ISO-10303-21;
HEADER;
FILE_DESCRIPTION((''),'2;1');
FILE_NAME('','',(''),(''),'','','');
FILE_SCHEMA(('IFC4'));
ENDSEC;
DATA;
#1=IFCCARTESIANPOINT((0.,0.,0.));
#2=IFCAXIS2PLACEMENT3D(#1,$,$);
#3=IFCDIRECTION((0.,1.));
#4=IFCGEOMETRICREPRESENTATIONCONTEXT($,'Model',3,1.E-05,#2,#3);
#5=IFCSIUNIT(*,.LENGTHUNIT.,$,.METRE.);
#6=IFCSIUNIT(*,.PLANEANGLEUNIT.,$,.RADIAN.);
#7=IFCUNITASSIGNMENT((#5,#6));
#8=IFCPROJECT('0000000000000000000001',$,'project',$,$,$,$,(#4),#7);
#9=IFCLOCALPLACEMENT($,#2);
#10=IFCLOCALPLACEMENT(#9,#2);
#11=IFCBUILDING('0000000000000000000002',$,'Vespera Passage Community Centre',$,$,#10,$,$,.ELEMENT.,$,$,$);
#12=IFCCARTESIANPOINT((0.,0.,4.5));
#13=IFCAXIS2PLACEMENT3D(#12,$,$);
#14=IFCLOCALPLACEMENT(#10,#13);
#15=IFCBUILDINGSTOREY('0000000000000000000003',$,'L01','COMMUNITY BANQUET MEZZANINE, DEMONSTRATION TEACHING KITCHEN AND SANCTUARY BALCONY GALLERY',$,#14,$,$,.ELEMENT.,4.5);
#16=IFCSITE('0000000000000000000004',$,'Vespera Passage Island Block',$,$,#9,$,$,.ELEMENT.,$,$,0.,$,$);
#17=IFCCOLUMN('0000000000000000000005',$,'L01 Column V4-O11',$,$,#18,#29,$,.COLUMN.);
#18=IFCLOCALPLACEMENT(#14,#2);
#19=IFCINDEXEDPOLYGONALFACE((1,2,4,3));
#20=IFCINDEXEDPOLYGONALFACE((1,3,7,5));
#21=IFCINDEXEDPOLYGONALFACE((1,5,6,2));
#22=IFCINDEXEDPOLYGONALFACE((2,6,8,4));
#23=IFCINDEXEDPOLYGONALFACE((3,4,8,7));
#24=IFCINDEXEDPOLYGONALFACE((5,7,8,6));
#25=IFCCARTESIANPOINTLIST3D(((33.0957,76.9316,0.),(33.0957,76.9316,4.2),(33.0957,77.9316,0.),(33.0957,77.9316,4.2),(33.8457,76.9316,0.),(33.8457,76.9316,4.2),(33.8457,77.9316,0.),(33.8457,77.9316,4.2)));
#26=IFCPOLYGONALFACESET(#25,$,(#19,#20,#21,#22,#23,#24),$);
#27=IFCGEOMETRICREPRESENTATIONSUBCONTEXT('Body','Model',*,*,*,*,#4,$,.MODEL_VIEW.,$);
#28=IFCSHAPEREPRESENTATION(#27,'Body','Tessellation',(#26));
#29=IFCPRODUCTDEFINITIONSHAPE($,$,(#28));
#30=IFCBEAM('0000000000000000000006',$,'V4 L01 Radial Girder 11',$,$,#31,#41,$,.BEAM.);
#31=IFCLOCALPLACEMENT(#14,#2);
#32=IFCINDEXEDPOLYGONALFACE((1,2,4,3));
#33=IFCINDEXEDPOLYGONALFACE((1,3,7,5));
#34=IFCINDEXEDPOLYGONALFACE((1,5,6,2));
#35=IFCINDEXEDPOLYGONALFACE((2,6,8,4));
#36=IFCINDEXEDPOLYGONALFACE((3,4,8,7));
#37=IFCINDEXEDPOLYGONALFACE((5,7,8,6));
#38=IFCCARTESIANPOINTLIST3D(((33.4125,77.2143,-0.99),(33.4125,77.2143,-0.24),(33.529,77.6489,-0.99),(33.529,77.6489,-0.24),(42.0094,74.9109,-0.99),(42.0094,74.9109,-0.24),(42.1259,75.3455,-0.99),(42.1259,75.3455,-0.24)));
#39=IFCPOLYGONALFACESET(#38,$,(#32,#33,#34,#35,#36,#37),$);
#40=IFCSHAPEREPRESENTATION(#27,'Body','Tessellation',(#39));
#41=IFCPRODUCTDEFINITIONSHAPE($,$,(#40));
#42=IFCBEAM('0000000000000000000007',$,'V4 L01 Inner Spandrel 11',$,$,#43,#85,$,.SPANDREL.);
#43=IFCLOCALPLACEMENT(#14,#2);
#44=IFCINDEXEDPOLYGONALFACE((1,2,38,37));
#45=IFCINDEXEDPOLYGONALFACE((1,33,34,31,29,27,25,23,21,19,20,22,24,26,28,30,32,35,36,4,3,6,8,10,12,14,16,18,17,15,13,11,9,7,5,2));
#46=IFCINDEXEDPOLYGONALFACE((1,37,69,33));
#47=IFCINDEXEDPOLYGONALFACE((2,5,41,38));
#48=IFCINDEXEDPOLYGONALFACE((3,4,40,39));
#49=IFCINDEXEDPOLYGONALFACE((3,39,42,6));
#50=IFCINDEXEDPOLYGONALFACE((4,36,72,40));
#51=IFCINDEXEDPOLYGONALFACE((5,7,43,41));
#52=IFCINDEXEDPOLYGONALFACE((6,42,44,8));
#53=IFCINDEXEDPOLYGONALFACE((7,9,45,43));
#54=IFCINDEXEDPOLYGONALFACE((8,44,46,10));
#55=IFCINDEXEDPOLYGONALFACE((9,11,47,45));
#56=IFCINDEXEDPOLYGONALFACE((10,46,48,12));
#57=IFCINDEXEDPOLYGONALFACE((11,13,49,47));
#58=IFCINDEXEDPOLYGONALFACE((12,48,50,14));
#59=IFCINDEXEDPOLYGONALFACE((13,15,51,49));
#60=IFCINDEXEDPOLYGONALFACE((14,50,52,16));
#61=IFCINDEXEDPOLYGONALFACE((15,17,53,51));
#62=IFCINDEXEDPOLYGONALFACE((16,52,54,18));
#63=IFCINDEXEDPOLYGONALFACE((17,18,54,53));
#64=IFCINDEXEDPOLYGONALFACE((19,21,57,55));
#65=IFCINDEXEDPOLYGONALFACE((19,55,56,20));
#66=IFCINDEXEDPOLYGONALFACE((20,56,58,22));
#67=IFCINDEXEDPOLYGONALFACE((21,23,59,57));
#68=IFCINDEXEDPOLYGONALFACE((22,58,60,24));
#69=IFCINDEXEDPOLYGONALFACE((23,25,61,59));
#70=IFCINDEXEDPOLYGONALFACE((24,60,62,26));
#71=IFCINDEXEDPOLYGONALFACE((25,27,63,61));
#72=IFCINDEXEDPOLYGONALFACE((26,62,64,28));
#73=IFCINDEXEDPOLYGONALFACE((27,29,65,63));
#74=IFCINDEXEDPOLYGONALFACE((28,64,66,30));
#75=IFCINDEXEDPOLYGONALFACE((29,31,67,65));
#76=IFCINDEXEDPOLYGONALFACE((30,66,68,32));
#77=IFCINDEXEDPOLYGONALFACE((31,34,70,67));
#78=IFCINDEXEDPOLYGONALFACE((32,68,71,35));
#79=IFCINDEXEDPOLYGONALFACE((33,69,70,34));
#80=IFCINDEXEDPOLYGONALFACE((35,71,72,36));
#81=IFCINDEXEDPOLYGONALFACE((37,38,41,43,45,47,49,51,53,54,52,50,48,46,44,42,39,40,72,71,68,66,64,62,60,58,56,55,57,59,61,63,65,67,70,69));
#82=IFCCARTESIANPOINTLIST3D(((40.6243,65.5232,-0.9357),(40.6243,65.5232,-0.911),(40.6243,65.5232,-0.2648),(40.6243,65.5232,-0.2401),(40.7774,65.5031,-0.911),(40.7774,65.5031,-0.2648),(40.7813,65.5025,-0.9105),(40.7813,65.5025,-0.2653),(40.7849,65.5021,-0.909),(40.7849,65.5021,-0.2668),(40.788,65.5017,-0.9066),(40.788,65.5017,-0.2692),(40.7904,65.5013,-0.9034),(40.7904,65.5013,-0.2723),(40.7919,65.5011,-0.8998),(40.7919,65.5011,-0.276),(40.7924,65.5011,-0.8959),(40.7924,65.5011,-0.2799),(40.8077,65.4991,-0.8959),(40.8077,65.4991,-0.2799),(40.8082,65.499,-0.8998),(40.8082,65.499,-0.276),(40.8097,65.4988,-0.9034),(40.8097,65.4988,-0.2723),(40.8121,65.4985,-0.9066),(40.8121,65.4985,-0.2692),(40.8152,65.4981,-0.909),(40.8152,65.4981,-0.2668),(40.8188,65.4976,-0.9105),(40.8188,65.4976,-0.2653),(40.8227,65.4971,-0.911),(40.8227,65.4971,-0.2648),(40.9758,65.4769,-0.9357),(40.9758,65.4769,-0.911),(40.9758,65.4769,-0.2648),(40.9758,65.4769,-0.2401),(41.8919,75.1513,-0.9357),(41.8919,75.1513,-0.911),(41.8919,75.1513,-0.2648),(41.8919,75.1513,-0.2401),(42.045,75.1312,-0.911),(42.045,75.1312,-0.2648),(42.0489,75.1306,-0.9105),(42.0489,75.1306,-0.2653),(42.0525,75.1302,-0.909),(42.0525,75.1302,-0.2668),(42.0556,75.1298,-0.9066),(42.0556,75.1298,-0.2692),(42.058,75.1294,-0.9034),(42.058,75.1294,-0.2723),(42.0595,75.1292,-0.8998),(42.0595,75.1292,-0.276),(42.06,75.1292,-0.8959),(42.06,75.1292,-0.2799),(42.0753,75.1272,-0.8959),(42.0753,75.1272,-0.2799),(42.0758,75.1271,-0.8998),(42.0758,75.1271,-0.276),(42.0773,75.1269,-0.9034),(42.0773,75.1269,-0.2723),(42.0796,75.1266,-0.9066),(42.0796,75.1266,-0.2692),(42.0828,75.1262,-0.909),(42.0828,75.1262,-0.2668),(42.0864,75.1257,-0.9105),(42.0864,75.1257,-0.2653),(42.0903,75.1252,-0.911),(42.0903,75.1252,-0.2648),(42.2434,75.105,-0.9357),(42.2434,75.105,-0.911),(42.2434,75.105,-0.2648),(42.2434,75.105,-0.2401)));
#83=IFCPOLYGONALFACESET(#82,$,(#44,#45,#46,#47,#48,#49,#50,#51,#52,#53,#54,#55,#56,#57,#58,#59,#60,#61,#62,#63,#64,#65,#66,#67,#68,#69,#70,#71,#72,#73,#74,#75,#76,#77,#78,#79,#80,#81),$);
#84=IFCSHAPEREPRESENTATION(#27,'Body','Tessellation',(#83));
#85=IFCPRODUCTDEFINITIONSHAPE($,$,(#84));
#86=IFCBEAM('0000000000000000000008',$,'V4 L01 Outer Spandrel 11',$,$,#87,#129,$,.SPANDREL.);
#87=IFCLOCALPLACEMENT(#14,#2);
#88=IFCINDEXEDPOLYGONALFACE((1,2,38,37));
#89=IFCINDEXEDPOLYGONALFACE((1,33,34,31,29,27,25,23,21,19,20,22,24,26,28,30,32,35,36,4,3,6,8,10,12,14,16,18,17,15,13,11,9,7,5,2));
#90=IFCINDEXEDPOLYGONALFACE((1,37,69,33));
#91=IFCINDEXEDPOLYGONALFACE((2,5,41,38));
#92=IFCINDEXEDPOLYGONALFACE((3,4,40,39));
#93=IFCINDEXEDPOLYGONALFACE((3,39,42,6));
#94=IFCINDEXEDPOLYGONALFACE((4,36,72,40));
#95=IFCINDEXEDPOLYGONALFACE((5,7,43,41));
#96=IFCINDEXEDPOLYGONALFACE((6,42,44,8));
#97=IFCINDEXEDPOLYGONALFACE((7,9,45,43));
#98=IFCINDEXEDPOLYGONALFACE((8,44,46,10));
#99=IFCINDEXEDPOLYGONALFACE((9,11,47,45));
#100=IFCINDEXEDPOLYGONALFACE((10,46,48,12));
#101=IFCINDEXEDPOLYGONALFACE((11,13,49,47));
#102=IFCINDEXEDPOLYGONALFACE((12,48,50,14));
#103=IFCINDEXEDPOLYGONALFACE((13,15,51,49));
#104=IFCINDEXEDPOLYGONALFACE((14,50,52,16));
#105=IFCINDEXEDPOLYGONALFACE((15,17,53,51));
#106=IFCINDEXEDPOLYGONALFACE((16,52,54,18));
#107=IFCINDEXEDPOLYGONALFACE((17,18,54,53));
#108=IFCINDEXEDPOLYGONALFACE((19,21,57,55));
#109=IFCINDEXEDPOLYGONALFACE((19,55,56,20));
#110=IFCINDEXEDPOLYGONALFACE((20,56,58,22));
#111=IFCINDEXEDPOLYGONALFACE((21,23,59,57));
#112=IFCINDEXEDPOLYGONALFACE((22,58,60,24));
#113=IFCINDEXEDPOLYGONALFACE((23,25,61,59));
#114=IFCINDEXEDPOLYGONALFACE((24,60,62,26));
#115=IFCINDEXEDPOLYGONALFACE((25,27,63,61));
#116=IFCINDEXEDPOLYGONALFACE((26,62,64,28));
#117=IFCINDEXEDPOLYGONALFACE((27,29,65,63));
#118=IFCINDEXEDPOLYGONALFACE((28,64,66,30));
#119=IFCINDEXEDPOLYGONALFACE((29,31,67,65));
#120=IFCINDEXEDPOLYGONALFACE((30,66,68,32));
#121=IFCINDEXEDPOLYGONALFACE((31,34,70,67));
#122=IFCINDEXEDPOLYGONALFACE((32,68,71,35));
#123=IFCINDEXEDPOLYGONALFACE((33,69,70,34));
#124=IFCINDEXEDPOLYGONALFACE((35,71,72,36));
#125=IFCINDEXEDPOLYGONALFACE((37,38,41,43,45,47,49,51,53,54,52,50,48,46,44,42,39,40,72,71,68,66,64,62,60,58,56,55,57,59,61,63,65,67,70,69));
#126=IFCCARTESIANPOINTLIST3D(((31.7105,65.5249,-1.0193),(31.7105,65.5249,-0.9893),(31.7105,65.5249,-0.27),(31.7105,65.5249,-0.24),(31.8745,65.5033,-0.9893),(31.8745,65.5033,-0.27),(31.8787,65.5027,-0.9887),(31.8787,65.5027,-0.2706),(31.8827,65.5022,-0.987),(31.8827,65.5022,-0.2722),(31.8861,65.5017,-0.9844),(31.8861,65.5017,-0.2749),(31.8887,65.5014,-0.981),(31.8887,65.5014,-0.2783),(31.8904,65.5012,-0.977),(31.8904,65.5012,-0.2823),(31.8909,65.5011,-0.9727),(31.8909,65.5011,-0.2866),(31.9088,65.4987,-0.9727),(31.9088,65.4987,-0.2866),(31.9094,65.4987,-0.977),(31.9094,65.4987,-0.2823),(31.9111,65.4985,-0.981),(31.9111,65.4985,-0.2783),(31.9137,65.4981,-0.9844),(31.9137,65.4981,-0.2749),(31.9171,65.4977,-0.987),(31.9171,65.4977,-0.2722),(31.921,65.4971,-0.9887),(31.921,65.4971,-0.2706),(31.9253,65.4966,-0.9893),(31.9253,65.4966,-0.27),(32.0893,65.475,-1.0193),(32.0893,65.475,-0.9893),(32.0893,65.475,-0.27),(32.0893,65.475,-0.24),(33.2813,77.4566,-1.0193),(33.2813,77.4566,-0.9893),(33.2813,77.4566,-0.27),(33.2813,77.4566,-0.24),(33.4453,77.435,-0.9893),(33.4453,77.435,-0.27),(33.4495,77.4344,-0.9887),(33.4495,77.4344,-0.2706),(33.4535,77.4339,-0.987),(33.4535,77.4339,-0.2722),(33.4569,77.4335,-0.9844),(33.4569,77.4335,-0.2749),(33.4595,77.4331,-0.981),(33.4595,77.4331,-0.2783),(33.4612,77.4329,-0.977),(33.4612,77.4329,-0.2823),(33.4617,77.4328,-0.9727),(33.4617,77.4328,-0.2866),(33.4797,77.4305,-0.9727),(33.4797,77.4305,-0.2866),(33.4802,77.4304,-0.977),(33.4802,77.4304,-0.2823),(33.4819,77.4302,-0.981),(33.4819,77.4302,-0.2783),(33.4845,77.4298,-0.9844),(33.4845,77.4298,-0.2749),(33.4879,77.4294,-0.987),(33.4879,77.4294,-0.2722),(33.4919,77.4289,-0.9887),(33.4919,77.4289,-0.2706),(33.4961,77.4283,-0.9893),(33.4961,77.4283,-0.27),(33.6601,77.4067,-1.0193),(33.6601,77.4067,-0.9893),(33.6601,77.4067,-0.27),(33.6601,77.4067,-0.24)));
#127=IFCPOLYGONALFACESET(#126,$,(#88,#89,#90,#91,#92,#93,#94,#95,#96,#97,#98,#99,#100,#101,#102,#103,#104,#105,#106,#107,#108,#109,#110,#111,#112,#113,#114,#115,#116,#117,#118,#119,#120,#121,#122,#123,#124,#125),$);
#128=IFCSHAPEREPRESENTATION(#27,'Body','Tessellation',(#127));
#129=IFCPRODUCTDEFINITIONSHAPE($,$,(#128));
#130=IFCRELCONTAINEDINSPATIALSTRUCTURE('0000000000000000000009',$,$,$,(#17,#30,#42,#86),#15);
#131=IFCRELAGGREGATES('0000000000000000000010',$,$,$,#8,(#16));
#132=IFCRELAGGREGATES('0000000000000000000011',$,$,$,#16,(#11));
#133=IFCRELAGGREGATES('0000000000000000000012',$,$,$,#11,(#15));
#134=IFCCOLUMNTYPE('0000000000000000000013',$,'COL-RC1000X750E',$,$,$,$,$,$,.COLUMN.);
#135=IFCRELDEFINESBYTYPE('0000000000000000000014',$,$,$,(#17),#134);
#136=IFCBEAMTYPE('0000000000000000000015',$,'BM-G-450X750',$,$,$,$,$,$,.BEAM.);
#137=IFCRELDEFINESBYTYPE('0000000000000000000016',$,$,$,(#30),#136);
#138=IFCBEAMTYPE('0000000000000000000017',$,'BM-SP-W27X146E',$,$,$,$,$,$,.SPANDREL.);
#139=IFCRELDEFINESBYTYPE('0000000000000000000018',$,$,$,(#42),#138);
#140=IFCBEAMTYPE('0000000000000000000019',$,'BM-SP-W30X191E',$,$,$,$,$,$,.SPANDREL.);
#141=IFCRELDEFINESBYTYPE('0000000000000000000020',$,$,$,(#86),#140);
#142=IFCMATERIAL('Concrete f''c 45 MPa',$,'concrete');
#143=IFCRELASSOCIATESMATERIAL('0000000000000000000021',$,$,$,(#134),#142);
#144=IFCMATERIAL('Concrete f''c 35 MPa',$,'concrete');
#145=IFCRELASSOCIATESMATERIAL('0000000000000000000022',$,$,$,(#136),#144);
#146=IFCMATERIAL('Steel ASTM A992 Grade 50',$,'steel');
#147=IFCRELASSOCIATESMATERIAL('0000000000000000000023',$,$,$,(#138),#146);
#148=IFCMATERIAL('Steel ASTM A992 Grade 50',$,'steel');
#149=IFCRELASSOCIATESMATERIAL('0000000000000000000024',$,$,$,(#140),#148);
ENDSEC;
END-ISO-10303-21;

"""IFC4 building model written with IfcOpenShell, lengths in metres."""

from ifc_helpers import new_model, si_unit, direction, frame, origin, origin_2d, place, context, subcontext, project, spatial, rectangle, i_section, extrude, material, material_profile, profile_set, type_object, element, save


model = new_model("IFC4")

# Units and contexts
model_context = context("Model", 3, precision=1e-05, world=origin(), true_north=direction((0.0, 1.0)))
body_context = subcontext(model_context, "Body", "Model", "MODEL_VIEW")
ifc_project = project(units=[si_unit("LENGTHUNIT", "METRE"), si_unit("PLANEANGLEUNIT", "RADIAN")], contexts=[model_context])

# Site, building, storey
site_placement = place(None, origin())
site = spatial("IfcSite", under=ifc_project, at=site_placement, Name="Vespera Passage Island Block", CompositionType="ELEMENT", RefElevation=0.0)
building_placement = place(site_placement, origin())
building = spatial("IfcBuilding", under=site, at=building_placement, Name="Vespera Passage Community Centre", CompositionType="ELEMENT")
storey_placement = place(building_placement, frame((0.0, 0.0, 4.5)))
storey = spatial("IfcBuildingStorey", under=building, at=storey_placement, Name="L01", Description="COMMUNITY BANQUET MEZZANINE, DEMONSTRATION TEACHING KITCHEN AND SANCTUARY BALCONY GALLERY", CompositionType="ELEMENT", Elevation=4.5)

# Column
ifc_material_1 = material(Name="Concrete f'c 45 MPa", Category="concrete")
ifc_material_profile_1 = material_profile(ifc_material_1, rectangle(XDim=0.75, YDim=1.0, at=origin_2d()), Name="RC1000X750")
ifc_profile_set_1 = profile_set([ifc_material_profile_1], Name="Concrete f'c 45 MPa")
column_type = type_object("IfcColumnType", Name="COL-RC1000X750E", PredefinedType="COLUMN", material=ifc_profile_set_1)
column_placement = place(storey_placement, frame((33.4707, 77.4316, 0.0), z_axis=(0.0, 0.0, 1.0), x_axis=(1.0, 0.0, 0.0)))
element("IfcColumn", 1, at=column_placement, inside=storey, type_object=column_type, Name="L01 Column V4-O11", PredefinedType="COLUMN", context=body_context, shape_type="SweptSolid", body=[
    extrude(rectangle(XDim=0.75, YDim=1.0, at=origin_2d()), origin(), (0.0, 0.0, 1.0), 4.2),
])

# Beams
ifc_material_2 = material(Name="Concrete f'c 35 MPa", Category="concrete")
ifc_material_profile_2 = material_profile(ifc_material_2, rectangle(XDim=0.45, YDim=0.75, at=origin_2d()), Name="RC450X750")
ifc_profile_set_2 = profile_set([ifc_material_profile_2], Name="Concrete f'c 35 MPa")
beam_type_1 = type_object("IfcBeamType", Name="BM-G-450X750", PredefinedType="BEAM", material=ifc_profile_set_2)
beam_1_placement = place(storey_placement, frame((42.0676, 75.1282, -0.615), z_axis=(-0.965928, 0.258811, 0.0), x_axis=(-0.258811, -0.965928, 0.0)))
element("IfcBeam", 2, at=beam_1_placement, inside=storey, type_object=beam_type_1, Name="V4 L01 Radial Girder 11", PredefinedType="BEAM", context=body_context, shape_type="SweptSolid", body=[
    extrude(rectangle(XDim=0.45, YDim=0.75, at=origin_2d()), origin(), (0.0, 0.0, 1.0), 8.9001),
])
ifc_material_3 = material(Name="Steel ASTM A992 Grade 50", Category="steel")
ifc_material_profile_3 = material_profile(ifc_material_3, i_section(OverallWidth=0.3545, OverallDepth=0.6956, WebThickness=0.0154, FlangeThickness=0.0247, FilletRadius=0.0151, at=origin_2d()), Name="W27X146")
ifc_profile_set_3 = profile_set([ifc_material_profile_3], Name="Steel ASTM A992 Grade 50")
beam_type_2 = type_object("IfcBeamType", Name="BM-SP-W27X146E", PredefinedType="SPANDREL", material=ifc_profile_set_3)
beam_2_placement = place(storey_placement, frame((42.0676, 75.1282, -0.5879), z_axis=(-0.130527, -0.991445, 0.0), x_axis=(0.991445, -0.130527, 0.0)))
element("IfcBeam", 3, at=beam_2_placement, inside=storey, type_object=beam_type_2, Name="V4 L01 Inner Spandrel 11", PredefinedType="SPANDREL", context=body_context, shape_type="SweptSolid", body=[
    extrude(i_section(OverallWidth=0.3545, OverallDepth=0.6956, WebThickness=0.0154, FlangeThickness=0.0247, FilletRadius=0.0151, at=origin_2d()), origin(), (0.0, 0.0, 1.0), 9.7112),
])
ifc_material_4 = material(Name="Steel ASTM A992 Grade 50", Category="steel")
ifc_material_profile_4 = material_profile(ifc_material_4, i_section(OverallWidth=0.3821, OverallDepth=0.7793, WebThickness=0.0181, FlangeThickness=0.03, FilletRadius=0.0166, at=origin_2d()), Name="W30X191")
ifc_profile_set_4 = profile_set([ifc_material_profile_4], Name="Steel ASTM A992 Grade 50")
beam_type_3 = type_object("IfcBeamType", Name="BM-SP-W30X191E", PredefinedType="SPANDREL", material=ifc_profile_set_4)
beam_3_placement = place(storey_placement, frame((33.4707, 77.4316, -0.6296), z_axis=(-0.130524, -0.991445, 0.0), x_axis=(0.991445, -0.130524, 0.0)))
element("IfcBeam", 4, at=beam_3_placement, inside=storey, type_object=beam_type_3, Name="V4 L01 Outer Spandrel 11", PredefinedType="SPANDREL", context=body_context, shape_type="SweptSolid", body=[
    extrude(i_section(OverallWidth=0.3821, OverallDepth=0.7793, WebThickness=0.0181, FlangeThickness=0.03, FilletRadius=0.0166, at=origin_2d()), origin(), (0.0, 0.0, 1.0), 12.0347),
])

save(model, "model.ifc")
